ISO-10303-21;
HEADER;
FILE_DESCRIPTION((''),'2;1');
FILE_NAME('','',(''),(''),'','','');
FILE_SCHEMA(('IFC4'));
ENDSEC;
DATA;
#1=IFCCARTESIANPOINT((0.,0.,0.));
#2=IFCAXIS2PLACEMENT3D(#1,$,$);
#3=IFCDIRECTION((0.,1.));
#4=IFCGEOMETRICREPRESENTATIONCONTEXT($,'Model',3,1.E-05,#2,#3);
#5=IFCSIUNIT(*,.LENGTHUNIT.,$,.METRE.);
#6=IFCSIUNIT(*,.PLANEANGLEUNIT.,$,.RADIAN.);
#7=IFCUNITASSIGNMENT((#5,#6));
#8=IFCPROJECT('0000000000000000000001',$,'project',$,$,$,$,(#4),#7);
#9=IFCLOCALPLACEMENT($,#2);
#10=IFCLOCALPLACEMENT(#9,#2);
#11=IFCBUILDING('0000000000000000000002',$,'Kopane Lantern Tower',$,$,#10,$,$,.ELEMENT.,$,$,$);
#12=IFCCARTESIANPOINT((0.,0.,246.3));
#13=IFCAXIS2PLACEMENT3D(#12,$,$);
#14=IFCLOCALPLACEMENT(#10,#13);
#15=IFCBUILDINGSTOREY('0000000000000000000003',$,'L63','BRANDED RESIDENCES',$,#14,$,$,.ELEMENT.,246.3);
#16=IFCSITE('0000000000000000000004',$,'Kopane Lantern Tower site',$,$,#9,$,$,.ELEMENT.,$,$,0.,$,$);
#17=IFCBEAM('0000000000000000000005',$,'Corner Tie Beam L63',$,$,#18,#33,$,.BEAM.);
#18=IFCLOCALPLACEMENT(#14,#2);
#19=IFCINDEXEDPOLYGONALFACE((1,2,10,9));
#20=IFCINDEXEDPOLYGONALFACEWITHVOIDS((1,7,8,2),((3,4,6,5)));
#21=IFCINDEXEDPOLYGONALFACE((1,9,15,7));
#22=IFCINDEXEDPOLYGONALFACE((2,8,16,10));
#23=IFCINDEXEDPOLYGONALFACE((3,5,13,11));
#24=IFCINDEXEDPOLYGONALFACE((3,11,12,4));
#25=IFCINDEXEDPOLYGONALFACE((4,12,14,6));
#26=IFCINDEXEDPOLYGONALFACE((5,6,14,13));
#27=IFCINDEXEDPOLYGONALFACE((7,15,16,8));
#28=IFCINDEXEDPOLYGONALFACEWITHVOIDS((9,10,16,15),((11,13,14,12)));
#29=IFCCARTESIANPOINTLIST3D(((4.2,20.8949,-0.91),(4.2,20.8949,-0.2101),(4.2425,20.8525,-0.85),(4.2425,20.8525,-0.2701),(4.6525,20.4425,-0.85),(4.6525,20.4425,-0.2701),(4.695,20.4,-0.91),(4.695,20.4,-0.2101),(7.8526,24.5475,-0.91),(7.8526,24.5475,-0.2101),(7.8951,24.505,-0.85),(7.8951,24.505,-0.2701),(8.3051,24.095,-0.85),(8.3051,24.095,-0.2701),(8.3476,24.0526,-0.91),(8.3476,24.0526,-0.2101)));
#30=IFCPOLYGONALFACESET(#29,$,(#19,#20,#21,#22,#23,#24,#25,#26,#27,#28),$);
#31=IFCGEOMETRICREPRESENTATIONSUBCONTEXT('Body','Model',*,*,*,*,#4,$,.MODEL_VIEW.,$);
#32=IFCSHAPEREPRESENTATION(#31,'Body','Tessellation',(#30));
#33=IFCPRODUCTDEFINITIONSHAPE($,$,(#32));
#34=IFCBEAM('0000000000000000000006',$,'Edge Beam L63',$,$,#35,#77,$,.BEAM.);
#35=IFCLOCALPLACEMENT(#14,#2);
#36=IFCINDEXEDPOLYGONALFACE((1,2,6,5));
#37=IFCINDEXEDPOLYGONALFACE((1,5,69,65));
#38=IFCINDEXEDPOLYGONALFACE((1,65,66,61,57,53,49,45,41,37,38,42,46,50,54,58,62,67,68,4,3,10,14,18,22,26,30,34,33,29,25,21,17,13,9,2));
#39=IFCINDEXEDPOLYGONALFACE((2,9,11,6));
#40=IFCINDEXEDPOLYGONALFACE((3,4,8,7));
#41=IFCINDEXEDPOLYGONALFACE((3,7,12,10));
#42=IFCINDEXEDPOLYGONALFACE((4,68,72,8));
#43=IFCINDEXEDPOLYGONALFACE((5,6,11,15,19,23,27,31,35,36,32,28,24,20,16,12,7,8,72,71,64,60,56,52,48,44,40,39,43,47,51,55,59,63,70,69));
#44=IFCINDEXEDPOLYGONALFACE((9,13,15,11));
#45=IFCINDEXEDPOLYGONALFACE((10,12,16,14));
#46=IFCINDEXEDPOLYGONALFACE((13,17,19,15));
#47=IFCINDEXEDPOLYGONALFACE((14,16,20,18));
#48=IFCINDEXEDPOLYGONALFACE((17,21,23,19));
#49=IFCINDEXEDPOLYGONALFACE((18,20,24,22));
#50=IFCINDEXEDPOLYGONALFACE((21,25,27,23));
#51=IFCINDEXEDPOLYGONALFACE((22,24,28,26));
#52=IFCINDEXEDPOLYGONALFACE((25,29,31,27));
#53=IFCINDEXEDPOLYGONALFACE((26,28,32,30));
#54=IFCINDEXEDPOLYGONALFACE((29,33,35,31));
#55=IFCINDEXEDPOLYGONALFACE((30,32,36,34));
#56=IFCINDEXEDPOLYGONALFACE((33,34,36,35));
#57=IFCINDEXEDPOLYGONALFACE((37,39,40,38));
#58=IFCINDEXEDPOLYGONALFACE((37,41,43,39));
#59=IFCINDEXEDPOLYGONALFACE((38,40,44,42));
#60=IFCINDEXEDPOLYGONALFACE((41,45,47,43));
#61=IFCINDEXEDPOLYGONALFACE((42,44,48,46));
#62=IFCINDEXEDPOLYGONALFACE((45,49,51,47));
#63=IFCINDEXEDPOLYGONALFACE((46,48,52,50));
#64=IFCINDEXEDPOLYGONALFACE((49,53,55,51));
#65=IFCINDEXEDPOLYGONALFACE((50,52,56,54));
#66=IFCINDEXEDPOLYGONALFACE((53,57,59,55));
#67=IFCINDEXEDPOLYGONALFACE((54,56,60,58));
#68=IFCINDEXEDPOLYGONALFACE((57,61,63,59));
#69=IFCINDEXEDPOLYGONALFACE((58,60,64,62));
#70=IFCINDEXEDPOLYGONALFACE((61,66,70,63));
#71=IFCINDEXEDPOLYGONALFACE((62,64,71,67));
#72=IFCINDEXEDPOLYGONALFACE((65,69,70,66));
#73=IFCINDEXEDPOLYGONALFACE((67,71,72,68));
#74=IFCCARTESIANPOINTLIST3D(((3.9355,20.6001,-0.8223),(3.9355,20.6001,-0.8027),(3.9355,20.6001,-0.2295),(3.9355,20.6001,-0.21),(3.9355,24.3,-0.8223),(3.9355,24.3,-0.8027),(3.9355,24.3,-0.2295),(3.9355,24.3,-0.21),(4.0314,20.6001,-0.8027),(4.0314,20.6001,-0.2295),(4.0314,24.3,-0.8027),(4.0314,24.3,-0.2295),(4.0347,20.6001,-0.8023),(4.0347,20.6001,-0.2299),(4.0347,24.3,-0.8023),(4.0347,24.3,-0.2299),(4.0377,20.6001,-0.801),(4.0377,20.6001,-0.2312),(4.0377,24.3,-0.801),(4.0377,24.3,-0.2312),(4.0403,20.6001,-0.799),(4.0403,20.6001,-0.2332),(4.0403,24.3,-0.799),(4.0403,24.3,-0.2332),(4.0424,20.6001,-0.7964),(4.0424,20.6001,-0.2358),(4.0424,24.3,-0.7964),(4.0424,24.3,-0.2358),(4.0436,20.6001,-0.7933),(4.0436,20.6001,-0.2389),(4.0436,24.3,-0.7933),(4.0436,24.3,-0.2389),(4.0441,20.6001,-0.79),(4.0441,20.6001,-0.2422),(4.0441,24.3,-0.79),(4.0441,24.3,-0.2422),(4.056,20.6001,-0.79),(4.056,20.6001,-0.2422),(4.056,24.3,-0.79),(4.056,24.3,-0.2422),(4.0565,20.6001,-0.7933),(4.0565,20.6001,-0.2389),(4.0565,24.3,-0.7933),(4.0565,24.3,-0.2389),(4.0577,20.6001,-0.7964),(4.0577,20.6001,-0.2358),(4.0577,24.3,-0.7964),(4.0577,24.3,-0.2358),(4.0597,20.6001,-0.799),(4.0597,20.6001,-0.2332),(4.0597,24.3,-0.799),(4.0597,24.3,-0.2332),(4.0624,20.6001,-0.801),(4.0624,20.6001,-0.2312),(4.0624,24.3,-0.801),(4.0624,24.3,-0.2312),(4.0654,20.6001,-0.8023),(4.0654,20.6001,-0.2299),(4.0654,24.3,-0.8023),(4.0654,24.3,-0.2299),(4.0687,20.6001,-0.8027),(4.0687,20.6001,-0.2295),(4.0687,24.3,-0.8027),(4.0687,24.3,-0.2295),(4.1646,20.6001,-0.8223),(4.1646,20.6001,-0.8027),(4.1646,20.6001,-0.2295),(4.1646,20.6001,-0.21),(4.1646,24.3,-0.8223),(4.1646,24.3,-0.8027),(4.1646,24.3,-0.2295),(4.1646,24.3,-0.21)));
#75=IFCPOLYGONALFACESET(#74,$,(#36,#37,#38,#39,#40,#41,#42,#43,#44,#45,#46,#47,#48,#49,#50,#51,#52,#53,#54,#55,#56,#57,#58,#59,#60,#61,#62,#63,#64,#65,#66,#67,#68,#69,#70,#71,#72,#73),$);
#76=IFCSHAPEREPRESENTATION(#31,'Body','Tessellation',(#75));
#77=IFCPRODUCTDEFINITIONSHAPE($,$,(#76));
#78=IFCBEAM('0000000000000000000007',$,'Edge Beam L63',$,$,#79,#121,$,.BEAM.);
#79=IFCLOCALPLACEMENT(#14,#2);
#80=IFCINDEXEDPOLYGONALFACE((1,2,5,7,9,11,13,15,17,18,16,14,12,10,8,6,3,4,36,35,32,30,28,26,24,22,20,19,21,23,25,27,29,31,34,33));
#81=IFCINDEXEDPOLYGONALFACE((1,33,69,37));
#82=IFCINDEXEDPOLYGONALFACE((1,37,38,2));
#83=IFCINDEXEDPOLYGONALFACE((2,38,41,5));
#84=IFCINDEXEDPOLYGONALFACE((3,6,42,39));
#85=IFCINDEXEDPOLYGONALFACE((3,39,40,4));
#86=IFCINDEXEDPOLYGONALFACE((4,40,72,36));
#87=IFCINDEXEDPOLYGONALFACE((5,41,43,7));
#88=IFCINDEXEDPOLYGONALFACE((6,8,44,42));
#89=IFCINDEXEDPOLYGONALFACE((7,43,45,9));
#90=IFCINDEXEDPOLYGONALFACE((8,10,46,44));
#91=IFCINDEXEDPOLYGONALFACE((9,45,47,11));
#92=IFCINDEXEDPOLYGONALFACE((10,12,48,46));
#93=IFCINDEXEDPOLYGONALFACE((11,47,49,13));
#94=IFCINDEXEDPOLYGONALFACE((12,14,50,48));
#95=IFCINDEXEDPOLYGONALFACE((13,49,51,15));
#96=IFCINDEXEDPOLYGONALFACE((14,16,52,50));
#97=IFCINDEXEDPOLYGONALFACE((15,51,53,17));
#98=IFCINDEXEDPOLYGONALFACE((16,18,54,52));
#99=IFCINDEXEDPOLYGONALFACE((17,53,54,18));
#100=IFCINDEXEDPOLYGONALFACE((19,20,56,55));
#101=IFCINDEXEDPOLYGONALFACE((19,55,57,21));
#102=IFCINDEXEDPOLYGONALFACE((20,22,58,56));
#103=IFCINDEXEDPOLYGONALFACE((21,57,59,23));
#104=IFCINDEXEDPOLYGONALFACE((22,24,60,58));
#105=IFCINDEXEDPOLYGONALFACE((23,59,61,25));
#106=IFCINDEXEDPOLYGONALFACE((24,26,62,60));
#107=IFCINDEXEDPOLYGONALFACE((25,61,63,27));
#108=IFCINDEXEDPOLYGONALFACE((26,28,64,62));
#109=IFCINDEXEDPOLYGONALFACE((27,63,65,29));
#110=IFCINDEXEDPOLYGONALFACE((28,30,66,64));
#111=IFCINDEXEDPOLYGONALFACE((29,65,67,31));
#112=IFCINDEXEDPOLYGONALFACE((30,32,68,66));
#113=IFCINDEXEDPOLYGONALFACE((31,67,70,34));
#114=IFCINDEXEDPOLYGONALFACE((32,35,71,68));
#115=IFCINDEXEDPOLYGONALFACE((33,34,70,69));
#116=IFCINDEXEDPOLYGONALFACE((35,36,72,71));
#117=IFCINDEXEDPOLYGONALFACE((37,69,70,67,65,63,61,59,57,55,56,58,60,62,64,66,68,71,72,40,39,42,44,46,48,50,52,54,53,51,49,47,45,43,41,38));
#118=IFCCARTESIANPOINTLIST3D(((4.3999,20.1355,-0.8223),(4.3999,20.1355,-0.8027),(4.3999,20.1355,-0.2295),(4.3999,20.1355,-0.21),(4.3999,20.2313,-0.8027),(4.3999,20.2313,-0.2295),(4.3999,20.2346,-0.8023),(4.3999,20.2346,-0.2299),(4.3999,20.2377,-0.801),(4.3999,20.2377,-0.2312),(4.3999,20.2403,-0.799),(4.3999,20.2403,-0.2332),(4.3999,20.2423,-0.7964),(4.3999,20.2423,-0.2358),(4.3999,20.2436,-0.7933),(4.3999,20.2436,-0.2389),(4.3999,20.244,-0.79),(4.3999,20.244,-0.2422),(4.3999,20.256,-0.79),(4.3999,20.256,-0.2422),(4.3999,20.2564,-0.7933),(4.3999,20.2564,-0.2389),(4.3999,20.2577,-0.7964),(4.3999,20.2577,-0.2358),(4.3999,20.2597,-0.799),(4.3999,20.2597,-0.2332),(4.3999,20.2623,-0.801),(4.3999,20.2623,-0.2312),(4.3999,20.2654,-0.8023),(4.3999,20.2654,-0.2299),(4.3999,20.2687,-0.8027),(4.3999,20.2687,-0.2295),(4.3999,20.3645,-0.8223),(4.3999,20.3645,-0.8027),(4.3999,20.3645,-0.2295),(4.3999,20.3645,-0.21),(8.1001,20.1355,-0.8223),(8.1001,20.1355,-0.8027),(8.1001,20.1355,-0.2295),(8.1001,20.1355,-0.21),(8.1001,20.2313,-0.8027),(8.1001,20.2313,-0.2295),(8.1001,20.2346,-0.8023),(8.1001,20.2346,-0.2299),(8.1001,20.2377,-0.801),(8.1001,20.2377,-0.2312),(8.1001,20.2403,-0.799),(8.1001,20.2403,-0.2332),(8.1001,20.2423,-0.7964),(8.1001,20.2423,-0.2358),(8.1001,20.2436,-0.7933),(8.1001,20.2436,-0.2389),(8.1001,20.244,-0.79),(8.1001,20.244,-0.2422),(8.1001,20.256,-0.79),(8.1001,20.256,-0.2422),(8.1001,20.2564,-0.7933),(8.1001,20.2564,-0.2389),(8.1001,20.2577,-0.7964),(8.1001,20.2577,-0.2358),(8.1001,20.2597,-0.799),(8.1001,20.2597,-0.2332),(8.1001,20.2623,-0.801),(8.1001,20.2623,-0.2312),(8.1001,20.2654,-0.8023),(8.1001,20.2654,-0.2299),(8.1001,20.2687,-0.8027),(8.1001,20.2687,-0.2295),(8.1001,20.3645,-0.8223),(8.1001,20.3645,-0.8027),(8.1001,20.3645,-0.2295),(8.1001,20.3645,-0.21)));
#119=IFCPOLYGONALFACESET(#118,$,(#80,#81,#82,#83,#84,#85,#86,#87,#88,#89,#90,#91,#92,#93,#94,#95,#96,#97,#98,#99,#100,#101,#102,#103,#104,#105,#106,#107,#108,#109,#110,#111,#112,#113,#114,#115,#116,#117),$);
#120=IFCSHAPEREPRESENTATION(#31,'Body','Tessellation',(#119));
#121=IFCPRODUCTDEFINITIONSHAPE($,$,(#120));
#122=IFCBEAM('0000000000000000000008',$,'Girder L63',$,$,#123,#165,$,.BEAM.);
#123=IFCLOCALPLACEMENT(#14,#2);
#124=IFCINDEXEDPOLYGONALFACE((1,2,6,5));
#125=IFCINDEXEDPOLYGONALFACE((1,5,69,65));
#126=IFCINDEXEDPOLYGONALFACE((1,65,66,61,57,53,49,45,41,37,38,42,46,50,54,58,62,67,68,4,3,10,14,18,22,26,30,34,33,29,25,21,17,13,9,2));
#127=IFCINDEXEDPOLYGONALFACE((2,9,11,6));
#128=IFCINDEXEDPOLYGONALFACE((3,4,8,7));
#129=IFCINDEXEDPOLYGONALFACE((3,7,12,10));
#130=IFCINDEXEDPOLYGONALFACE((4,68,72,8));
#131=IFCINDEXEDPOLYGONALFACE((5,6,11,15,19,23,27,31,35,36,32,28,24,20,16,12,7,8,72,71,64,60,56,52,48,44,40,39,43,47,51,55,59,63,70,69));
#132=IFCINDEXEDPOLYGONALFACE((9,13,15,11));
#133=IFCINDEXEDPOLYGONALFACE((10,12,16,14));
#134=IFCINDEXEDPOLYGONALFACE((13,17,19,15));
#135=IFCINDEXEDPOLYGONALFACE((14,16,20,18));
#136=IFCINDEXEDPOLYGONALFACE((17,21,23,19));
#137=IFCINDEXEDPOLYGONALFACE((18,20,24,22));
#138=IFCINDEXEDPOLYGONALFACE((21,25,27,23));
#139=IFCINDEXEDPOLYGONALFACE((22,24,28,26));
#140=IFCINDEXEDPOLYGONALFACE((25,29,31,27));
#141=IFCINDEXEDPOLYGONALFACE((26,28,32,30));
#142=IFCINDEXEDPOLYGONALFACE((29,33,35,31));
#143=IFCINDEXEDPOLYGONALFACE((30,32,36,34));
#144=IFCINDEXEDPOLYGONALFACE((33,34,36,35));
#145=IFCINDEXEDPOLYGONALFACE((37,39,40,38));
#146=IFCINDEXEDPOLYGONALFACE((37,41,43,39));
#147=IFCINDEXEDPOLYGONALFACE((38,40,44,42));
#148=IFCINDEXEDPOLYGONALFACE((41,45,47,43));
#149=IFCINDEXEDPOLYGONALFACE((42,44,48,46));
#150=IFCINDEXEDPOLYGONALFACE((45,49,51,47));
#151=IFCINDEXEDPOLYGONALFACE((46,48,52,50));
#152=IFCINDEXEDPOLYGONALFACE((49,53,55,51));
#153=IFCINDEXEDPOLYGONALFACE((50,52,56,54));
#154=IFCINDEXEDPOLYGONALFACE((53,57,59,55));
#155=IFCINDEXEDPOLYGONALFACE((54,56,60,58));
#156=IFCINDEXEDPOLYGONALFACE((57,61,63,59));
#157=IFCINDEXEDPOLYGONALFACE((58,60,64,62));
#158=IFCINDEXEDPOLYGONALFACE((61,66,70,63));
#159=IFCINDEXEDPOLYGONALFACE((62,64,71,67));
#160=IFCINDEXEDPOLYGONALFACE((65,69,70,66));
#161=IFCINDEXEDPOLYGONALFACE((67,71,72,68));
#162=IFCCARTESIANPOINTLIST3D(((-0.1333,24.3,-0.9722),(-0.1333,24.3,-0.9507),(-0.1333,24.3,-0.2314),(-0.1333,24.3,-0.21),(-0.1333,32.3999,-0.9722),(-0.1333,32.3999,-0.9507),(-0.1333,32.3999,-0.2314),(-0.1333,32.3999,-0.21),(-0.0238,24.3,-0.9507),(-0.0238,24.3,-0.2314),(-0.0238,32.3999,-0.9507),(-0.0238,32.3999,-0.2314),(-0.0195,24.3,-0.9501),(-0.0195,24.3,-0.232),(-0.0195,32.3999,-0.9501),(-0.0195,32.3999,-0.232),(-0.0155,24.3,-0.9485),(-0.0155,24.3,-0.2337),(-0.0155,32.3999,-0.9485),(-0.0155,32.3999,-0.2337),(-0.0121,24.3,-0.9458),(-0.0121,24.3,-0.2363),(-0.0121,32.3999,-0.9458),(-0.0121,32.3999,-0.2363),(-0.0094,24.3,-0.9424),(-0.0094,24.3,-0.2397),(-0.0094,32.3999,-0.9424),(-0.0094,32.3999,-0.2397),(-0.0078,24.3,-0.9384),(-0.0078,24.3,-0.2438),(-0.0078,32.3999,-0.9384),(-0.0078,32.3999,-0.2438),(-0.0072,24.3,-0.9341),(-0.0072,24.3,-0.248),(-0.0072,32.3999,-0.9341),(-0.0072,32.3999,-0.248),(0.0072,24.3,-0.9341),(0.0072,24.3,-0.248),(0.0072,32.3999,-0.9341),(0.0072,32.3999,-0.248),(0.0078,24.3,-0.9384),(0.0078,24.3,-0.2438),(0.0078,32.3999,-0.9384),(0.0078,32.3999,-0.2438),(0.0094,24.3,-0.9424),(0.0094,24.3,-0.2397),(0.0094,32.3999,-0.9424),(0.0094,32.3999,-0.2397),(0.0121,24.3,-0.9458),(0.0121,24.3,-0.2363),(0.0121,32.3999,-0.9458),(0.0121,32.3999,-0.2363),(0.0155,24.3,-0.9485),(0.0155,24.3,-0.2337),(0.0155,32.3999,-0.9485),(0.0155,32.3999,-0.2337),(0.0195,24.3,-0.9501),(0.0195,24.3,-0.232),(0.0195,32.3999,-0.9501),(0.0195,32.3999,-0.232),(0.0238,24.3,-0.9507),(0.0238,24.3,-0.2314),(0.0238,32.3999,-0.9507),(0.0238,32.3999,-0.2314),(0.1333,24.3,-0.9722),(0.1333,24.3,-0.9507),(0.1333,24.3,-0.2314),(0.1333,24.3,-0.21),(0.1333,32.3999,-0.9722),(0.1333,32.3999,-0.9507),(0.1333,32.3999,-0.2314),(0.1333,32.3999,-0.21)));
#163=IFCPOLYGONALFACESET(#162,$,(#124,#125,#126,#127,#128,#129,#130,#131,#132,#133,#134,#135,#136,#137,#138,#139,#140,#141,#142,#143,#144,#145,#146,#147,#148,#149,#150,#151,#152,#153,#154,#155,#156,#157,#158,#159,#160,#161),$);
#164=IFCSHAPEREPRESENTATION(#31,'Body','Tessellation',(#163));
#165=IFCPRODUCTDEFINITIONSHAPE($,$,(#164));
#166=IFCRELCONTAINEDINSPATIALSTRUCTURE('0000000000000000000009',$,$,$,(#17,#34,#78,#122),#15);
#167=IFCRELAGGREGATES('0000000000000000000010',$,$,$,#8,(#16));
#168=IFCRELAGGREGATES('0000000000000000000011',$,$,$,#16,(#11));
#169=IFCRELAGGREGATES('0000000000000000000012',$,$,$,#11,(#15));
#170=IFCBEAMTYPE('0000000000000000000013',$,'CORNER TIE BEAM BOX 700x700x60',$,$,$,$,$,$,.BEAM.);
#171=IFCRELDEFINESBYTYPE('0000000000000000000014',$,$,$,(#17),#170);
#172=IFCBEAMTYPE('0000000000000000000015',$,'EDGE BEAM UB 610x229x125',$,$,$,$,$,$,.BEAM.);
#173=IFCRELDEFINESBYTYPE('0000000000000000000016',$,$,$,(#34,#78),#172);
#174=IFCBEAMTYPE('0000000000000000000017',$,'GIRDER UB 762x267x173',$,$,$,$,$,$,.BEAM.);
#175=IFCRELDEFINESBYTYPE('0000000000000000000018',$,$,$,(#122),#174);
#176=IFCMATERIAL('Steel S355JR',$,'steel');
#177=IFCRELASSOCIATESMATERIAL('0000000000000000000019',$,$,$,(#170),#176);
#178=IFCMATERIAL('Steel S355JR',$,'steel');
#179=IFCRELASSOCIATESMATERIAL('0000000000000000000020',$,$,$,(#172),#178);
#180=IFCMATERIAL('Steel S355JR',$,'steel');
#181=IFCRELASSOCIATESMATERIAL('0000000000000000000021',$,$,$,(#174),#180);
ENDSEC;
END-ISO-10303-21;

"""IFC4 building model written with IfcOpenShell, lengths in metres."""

from ifc_helpers import new_model, si_unit, direction, frame, origin, origin_2d, place, context, subcontext, project, spatial, hollow_rectangle, i_section, extrude, material, material_profile, profile_set, type_object, element, save


model = new_model("IFC4")

# Units and contexts
model_context = context("Model", 3, precision=1e-05, world=origin(), true_north=direction((0.0, 1.0)))
body_context = subcontext(model_context, "Body", "Model", "MODEL_VIEW")
ifc_project = project(units=[si_unit("LENGTHUNIT", "METRE"), si_unit("PLANEANGLEUNIT", "RADIAN")], contexts=[model_context])

# Site, building, storey
site_placement = place(None, origin())
site = spatial("IfcSite", under=ifc_project, at=site_placement, Name="Kopane Lantern Tower site", CompositionType="ELEMENT", RefElevation=0.0)
building_placement = place(site_placement, origin())
building = spatial("IfcBuilding", under=site, at=building_placement, Name="Kopane Lantern Tower", CompositionType="ELEMENT")
storey_placement = place(building_placement, frame((0.0, 0.0, 246.3)))
storey = spatial("IfcBuildingStorey", under=building, at=storey_placement, Name="L63", Description="BRANDED RESIDENCES", CompositionType="ELEMENT", Elevation=246.3)

# Beams
ifc_material_1 = material(Name="Steel S355JR", Category="steel")
ifc_material_profile_1 = material_profile(ifc_material_1, hollow_rectangle(XDim=0.7, YDim=0.7, WallThickness=0.0601, at=origin_2d()), Name="BOX 700x700x60")
ifc_profile_set_1 = profile_set([ifc_material_profile_1], Name="Steel S355JR")
beam_type_1 = type_object("IfcBeamType", Name="CORNER TIE BEAM BOX 700x700x60", PredefinedType="BEAM", material=ifc_profile_set_1)
beam_1_placement = place(storey_placement, frame((4.4475, 20.6475, -0.5601), z_axis=(0.707107, 0.707107, 0.0), x_axis=(-0.707107, 0.707107, 0.0)))
element("IfcBeam", 1, at=beam_1_placement, inside=storey, type_object=beam_type_1, Name="Corner Tie Beam L63", PredefinedType="BEAM", context=body_context, shape_type="SweptSolid", body=[
    extrude(hollow_rectangle(XDim=0.7, YDim=0.7, WallThickness=0.0601, at=origin_2d()), origin(), (0.0, 0.0, 1.0), 5.1655),
])
ifc_material_2 = material(Name="Steel S355JR", Category="steel")
ifc_material_profile_2 = material_profile(ifc_material_2, i_section(OverallWidth=0.229, OverallDepth=0.6123, WebThickness=0.012, FlangeThickness=0.0195, FilletRadius=0.0127, at=origin_2d()), Name="UB 610x229x125")
ifc_profile_set_2 = profile_set([ifc_material_profile_2], Name="Steel S355JR")
beam_type_2 = type_object("IfcBeamType", Name="EDGE BEAM UB 610x229x125", PredefinedType="BEAM", material=ifc_profile_set_2)
beam_2_placement = place(storey_placement, frame((4.05, 20.6001, -0.5161), z_axis=(0.0, 1.0, 0.0), x_axis=(-1.0, 0.0, 0.0)))
element("IfcBeam", 2, at=beam_2_placement, inside=storey, type_object=beam_type_2, Name="Edge Beam L63", PredefinedType="BEAM", context=body_context, shape_type="SweptSolid", body=[
    extrude(i_section(OverallWidth=0.229, OverallDepth=0.6123, WebThickness=0.012, FlangeThickness=0.0195, FilletRadius=0.0127, at=origin_2d()), origin(), (0.0, 0.0, 1.0), 3.7),
])
beam_3_placement = place(storey_placement, frame((4.3999, 20.25, -0.5161), z_axis=(1.0, 0.0, 0.0), x_axis=(0.0, 1.0, 0.0)))
element("IfcBeam", 3, at=beam_3_placement, inside=storey, type_object=beam_type_2, Name="Edge Beam L63", PredefinedType="BEAM", context=body_context, shape_type="SweptSolid", body=[
    extrude(i_section(OverallWidth=0.229, OverallDepth=0.6123, WebThickness=0.012, FlangeThickness=0.0195, FilletRadius=0.0127, at=origin_2d()), origin(), (0.0, 0.0, 1.0), 3.7002),
])
ifc_material_3 = material(Name="Steel S355JR", Category="steel")
ifc_material_profile_3 = material_profile(ifc_material_3, i_section(OverallWidth=0.2666, OverallDepth=0.7622, WebThickness=0.0144, FlangeThickness=0.0215, FilletRadius=0.0166, at=origin_2d()), Name="UB 762x267x173")
ifc_profile_set_3 = profile_set([ifc_material_profile_3], Name="Steel S355JR")
beam_type_3 = type_object("IfcBeamType", Name="GIRDER UB 762x267x173", PredefinedType="BEAM", material=ifc_profile_set_3)
beam_4_placement = place(storey_placement, frame((0.0, 24.3, -0.5911), z_axis=(0.0, 1.0, 0.0), x_axis=(-1.0, 0.0, 0.0)))
element("IfcBeam", 4, at=beam_4_placement, inside=storey, type_object=beam_type_3, Name="Girder L63", PredefinedType="BEAM", context=body_context, shape_type="SweptSolid", body=[
    extrude(i_section(OverallWidth=0.2666, OverallDepth=0.7622, WebThickness=0.0144, FlangeThickness=0.0215, FilletRadius=0.0166, at=origin_2d()), origin(), (0.0, 0.0, 1.0), 8.0999),
])

save(model, "model.ifc")
